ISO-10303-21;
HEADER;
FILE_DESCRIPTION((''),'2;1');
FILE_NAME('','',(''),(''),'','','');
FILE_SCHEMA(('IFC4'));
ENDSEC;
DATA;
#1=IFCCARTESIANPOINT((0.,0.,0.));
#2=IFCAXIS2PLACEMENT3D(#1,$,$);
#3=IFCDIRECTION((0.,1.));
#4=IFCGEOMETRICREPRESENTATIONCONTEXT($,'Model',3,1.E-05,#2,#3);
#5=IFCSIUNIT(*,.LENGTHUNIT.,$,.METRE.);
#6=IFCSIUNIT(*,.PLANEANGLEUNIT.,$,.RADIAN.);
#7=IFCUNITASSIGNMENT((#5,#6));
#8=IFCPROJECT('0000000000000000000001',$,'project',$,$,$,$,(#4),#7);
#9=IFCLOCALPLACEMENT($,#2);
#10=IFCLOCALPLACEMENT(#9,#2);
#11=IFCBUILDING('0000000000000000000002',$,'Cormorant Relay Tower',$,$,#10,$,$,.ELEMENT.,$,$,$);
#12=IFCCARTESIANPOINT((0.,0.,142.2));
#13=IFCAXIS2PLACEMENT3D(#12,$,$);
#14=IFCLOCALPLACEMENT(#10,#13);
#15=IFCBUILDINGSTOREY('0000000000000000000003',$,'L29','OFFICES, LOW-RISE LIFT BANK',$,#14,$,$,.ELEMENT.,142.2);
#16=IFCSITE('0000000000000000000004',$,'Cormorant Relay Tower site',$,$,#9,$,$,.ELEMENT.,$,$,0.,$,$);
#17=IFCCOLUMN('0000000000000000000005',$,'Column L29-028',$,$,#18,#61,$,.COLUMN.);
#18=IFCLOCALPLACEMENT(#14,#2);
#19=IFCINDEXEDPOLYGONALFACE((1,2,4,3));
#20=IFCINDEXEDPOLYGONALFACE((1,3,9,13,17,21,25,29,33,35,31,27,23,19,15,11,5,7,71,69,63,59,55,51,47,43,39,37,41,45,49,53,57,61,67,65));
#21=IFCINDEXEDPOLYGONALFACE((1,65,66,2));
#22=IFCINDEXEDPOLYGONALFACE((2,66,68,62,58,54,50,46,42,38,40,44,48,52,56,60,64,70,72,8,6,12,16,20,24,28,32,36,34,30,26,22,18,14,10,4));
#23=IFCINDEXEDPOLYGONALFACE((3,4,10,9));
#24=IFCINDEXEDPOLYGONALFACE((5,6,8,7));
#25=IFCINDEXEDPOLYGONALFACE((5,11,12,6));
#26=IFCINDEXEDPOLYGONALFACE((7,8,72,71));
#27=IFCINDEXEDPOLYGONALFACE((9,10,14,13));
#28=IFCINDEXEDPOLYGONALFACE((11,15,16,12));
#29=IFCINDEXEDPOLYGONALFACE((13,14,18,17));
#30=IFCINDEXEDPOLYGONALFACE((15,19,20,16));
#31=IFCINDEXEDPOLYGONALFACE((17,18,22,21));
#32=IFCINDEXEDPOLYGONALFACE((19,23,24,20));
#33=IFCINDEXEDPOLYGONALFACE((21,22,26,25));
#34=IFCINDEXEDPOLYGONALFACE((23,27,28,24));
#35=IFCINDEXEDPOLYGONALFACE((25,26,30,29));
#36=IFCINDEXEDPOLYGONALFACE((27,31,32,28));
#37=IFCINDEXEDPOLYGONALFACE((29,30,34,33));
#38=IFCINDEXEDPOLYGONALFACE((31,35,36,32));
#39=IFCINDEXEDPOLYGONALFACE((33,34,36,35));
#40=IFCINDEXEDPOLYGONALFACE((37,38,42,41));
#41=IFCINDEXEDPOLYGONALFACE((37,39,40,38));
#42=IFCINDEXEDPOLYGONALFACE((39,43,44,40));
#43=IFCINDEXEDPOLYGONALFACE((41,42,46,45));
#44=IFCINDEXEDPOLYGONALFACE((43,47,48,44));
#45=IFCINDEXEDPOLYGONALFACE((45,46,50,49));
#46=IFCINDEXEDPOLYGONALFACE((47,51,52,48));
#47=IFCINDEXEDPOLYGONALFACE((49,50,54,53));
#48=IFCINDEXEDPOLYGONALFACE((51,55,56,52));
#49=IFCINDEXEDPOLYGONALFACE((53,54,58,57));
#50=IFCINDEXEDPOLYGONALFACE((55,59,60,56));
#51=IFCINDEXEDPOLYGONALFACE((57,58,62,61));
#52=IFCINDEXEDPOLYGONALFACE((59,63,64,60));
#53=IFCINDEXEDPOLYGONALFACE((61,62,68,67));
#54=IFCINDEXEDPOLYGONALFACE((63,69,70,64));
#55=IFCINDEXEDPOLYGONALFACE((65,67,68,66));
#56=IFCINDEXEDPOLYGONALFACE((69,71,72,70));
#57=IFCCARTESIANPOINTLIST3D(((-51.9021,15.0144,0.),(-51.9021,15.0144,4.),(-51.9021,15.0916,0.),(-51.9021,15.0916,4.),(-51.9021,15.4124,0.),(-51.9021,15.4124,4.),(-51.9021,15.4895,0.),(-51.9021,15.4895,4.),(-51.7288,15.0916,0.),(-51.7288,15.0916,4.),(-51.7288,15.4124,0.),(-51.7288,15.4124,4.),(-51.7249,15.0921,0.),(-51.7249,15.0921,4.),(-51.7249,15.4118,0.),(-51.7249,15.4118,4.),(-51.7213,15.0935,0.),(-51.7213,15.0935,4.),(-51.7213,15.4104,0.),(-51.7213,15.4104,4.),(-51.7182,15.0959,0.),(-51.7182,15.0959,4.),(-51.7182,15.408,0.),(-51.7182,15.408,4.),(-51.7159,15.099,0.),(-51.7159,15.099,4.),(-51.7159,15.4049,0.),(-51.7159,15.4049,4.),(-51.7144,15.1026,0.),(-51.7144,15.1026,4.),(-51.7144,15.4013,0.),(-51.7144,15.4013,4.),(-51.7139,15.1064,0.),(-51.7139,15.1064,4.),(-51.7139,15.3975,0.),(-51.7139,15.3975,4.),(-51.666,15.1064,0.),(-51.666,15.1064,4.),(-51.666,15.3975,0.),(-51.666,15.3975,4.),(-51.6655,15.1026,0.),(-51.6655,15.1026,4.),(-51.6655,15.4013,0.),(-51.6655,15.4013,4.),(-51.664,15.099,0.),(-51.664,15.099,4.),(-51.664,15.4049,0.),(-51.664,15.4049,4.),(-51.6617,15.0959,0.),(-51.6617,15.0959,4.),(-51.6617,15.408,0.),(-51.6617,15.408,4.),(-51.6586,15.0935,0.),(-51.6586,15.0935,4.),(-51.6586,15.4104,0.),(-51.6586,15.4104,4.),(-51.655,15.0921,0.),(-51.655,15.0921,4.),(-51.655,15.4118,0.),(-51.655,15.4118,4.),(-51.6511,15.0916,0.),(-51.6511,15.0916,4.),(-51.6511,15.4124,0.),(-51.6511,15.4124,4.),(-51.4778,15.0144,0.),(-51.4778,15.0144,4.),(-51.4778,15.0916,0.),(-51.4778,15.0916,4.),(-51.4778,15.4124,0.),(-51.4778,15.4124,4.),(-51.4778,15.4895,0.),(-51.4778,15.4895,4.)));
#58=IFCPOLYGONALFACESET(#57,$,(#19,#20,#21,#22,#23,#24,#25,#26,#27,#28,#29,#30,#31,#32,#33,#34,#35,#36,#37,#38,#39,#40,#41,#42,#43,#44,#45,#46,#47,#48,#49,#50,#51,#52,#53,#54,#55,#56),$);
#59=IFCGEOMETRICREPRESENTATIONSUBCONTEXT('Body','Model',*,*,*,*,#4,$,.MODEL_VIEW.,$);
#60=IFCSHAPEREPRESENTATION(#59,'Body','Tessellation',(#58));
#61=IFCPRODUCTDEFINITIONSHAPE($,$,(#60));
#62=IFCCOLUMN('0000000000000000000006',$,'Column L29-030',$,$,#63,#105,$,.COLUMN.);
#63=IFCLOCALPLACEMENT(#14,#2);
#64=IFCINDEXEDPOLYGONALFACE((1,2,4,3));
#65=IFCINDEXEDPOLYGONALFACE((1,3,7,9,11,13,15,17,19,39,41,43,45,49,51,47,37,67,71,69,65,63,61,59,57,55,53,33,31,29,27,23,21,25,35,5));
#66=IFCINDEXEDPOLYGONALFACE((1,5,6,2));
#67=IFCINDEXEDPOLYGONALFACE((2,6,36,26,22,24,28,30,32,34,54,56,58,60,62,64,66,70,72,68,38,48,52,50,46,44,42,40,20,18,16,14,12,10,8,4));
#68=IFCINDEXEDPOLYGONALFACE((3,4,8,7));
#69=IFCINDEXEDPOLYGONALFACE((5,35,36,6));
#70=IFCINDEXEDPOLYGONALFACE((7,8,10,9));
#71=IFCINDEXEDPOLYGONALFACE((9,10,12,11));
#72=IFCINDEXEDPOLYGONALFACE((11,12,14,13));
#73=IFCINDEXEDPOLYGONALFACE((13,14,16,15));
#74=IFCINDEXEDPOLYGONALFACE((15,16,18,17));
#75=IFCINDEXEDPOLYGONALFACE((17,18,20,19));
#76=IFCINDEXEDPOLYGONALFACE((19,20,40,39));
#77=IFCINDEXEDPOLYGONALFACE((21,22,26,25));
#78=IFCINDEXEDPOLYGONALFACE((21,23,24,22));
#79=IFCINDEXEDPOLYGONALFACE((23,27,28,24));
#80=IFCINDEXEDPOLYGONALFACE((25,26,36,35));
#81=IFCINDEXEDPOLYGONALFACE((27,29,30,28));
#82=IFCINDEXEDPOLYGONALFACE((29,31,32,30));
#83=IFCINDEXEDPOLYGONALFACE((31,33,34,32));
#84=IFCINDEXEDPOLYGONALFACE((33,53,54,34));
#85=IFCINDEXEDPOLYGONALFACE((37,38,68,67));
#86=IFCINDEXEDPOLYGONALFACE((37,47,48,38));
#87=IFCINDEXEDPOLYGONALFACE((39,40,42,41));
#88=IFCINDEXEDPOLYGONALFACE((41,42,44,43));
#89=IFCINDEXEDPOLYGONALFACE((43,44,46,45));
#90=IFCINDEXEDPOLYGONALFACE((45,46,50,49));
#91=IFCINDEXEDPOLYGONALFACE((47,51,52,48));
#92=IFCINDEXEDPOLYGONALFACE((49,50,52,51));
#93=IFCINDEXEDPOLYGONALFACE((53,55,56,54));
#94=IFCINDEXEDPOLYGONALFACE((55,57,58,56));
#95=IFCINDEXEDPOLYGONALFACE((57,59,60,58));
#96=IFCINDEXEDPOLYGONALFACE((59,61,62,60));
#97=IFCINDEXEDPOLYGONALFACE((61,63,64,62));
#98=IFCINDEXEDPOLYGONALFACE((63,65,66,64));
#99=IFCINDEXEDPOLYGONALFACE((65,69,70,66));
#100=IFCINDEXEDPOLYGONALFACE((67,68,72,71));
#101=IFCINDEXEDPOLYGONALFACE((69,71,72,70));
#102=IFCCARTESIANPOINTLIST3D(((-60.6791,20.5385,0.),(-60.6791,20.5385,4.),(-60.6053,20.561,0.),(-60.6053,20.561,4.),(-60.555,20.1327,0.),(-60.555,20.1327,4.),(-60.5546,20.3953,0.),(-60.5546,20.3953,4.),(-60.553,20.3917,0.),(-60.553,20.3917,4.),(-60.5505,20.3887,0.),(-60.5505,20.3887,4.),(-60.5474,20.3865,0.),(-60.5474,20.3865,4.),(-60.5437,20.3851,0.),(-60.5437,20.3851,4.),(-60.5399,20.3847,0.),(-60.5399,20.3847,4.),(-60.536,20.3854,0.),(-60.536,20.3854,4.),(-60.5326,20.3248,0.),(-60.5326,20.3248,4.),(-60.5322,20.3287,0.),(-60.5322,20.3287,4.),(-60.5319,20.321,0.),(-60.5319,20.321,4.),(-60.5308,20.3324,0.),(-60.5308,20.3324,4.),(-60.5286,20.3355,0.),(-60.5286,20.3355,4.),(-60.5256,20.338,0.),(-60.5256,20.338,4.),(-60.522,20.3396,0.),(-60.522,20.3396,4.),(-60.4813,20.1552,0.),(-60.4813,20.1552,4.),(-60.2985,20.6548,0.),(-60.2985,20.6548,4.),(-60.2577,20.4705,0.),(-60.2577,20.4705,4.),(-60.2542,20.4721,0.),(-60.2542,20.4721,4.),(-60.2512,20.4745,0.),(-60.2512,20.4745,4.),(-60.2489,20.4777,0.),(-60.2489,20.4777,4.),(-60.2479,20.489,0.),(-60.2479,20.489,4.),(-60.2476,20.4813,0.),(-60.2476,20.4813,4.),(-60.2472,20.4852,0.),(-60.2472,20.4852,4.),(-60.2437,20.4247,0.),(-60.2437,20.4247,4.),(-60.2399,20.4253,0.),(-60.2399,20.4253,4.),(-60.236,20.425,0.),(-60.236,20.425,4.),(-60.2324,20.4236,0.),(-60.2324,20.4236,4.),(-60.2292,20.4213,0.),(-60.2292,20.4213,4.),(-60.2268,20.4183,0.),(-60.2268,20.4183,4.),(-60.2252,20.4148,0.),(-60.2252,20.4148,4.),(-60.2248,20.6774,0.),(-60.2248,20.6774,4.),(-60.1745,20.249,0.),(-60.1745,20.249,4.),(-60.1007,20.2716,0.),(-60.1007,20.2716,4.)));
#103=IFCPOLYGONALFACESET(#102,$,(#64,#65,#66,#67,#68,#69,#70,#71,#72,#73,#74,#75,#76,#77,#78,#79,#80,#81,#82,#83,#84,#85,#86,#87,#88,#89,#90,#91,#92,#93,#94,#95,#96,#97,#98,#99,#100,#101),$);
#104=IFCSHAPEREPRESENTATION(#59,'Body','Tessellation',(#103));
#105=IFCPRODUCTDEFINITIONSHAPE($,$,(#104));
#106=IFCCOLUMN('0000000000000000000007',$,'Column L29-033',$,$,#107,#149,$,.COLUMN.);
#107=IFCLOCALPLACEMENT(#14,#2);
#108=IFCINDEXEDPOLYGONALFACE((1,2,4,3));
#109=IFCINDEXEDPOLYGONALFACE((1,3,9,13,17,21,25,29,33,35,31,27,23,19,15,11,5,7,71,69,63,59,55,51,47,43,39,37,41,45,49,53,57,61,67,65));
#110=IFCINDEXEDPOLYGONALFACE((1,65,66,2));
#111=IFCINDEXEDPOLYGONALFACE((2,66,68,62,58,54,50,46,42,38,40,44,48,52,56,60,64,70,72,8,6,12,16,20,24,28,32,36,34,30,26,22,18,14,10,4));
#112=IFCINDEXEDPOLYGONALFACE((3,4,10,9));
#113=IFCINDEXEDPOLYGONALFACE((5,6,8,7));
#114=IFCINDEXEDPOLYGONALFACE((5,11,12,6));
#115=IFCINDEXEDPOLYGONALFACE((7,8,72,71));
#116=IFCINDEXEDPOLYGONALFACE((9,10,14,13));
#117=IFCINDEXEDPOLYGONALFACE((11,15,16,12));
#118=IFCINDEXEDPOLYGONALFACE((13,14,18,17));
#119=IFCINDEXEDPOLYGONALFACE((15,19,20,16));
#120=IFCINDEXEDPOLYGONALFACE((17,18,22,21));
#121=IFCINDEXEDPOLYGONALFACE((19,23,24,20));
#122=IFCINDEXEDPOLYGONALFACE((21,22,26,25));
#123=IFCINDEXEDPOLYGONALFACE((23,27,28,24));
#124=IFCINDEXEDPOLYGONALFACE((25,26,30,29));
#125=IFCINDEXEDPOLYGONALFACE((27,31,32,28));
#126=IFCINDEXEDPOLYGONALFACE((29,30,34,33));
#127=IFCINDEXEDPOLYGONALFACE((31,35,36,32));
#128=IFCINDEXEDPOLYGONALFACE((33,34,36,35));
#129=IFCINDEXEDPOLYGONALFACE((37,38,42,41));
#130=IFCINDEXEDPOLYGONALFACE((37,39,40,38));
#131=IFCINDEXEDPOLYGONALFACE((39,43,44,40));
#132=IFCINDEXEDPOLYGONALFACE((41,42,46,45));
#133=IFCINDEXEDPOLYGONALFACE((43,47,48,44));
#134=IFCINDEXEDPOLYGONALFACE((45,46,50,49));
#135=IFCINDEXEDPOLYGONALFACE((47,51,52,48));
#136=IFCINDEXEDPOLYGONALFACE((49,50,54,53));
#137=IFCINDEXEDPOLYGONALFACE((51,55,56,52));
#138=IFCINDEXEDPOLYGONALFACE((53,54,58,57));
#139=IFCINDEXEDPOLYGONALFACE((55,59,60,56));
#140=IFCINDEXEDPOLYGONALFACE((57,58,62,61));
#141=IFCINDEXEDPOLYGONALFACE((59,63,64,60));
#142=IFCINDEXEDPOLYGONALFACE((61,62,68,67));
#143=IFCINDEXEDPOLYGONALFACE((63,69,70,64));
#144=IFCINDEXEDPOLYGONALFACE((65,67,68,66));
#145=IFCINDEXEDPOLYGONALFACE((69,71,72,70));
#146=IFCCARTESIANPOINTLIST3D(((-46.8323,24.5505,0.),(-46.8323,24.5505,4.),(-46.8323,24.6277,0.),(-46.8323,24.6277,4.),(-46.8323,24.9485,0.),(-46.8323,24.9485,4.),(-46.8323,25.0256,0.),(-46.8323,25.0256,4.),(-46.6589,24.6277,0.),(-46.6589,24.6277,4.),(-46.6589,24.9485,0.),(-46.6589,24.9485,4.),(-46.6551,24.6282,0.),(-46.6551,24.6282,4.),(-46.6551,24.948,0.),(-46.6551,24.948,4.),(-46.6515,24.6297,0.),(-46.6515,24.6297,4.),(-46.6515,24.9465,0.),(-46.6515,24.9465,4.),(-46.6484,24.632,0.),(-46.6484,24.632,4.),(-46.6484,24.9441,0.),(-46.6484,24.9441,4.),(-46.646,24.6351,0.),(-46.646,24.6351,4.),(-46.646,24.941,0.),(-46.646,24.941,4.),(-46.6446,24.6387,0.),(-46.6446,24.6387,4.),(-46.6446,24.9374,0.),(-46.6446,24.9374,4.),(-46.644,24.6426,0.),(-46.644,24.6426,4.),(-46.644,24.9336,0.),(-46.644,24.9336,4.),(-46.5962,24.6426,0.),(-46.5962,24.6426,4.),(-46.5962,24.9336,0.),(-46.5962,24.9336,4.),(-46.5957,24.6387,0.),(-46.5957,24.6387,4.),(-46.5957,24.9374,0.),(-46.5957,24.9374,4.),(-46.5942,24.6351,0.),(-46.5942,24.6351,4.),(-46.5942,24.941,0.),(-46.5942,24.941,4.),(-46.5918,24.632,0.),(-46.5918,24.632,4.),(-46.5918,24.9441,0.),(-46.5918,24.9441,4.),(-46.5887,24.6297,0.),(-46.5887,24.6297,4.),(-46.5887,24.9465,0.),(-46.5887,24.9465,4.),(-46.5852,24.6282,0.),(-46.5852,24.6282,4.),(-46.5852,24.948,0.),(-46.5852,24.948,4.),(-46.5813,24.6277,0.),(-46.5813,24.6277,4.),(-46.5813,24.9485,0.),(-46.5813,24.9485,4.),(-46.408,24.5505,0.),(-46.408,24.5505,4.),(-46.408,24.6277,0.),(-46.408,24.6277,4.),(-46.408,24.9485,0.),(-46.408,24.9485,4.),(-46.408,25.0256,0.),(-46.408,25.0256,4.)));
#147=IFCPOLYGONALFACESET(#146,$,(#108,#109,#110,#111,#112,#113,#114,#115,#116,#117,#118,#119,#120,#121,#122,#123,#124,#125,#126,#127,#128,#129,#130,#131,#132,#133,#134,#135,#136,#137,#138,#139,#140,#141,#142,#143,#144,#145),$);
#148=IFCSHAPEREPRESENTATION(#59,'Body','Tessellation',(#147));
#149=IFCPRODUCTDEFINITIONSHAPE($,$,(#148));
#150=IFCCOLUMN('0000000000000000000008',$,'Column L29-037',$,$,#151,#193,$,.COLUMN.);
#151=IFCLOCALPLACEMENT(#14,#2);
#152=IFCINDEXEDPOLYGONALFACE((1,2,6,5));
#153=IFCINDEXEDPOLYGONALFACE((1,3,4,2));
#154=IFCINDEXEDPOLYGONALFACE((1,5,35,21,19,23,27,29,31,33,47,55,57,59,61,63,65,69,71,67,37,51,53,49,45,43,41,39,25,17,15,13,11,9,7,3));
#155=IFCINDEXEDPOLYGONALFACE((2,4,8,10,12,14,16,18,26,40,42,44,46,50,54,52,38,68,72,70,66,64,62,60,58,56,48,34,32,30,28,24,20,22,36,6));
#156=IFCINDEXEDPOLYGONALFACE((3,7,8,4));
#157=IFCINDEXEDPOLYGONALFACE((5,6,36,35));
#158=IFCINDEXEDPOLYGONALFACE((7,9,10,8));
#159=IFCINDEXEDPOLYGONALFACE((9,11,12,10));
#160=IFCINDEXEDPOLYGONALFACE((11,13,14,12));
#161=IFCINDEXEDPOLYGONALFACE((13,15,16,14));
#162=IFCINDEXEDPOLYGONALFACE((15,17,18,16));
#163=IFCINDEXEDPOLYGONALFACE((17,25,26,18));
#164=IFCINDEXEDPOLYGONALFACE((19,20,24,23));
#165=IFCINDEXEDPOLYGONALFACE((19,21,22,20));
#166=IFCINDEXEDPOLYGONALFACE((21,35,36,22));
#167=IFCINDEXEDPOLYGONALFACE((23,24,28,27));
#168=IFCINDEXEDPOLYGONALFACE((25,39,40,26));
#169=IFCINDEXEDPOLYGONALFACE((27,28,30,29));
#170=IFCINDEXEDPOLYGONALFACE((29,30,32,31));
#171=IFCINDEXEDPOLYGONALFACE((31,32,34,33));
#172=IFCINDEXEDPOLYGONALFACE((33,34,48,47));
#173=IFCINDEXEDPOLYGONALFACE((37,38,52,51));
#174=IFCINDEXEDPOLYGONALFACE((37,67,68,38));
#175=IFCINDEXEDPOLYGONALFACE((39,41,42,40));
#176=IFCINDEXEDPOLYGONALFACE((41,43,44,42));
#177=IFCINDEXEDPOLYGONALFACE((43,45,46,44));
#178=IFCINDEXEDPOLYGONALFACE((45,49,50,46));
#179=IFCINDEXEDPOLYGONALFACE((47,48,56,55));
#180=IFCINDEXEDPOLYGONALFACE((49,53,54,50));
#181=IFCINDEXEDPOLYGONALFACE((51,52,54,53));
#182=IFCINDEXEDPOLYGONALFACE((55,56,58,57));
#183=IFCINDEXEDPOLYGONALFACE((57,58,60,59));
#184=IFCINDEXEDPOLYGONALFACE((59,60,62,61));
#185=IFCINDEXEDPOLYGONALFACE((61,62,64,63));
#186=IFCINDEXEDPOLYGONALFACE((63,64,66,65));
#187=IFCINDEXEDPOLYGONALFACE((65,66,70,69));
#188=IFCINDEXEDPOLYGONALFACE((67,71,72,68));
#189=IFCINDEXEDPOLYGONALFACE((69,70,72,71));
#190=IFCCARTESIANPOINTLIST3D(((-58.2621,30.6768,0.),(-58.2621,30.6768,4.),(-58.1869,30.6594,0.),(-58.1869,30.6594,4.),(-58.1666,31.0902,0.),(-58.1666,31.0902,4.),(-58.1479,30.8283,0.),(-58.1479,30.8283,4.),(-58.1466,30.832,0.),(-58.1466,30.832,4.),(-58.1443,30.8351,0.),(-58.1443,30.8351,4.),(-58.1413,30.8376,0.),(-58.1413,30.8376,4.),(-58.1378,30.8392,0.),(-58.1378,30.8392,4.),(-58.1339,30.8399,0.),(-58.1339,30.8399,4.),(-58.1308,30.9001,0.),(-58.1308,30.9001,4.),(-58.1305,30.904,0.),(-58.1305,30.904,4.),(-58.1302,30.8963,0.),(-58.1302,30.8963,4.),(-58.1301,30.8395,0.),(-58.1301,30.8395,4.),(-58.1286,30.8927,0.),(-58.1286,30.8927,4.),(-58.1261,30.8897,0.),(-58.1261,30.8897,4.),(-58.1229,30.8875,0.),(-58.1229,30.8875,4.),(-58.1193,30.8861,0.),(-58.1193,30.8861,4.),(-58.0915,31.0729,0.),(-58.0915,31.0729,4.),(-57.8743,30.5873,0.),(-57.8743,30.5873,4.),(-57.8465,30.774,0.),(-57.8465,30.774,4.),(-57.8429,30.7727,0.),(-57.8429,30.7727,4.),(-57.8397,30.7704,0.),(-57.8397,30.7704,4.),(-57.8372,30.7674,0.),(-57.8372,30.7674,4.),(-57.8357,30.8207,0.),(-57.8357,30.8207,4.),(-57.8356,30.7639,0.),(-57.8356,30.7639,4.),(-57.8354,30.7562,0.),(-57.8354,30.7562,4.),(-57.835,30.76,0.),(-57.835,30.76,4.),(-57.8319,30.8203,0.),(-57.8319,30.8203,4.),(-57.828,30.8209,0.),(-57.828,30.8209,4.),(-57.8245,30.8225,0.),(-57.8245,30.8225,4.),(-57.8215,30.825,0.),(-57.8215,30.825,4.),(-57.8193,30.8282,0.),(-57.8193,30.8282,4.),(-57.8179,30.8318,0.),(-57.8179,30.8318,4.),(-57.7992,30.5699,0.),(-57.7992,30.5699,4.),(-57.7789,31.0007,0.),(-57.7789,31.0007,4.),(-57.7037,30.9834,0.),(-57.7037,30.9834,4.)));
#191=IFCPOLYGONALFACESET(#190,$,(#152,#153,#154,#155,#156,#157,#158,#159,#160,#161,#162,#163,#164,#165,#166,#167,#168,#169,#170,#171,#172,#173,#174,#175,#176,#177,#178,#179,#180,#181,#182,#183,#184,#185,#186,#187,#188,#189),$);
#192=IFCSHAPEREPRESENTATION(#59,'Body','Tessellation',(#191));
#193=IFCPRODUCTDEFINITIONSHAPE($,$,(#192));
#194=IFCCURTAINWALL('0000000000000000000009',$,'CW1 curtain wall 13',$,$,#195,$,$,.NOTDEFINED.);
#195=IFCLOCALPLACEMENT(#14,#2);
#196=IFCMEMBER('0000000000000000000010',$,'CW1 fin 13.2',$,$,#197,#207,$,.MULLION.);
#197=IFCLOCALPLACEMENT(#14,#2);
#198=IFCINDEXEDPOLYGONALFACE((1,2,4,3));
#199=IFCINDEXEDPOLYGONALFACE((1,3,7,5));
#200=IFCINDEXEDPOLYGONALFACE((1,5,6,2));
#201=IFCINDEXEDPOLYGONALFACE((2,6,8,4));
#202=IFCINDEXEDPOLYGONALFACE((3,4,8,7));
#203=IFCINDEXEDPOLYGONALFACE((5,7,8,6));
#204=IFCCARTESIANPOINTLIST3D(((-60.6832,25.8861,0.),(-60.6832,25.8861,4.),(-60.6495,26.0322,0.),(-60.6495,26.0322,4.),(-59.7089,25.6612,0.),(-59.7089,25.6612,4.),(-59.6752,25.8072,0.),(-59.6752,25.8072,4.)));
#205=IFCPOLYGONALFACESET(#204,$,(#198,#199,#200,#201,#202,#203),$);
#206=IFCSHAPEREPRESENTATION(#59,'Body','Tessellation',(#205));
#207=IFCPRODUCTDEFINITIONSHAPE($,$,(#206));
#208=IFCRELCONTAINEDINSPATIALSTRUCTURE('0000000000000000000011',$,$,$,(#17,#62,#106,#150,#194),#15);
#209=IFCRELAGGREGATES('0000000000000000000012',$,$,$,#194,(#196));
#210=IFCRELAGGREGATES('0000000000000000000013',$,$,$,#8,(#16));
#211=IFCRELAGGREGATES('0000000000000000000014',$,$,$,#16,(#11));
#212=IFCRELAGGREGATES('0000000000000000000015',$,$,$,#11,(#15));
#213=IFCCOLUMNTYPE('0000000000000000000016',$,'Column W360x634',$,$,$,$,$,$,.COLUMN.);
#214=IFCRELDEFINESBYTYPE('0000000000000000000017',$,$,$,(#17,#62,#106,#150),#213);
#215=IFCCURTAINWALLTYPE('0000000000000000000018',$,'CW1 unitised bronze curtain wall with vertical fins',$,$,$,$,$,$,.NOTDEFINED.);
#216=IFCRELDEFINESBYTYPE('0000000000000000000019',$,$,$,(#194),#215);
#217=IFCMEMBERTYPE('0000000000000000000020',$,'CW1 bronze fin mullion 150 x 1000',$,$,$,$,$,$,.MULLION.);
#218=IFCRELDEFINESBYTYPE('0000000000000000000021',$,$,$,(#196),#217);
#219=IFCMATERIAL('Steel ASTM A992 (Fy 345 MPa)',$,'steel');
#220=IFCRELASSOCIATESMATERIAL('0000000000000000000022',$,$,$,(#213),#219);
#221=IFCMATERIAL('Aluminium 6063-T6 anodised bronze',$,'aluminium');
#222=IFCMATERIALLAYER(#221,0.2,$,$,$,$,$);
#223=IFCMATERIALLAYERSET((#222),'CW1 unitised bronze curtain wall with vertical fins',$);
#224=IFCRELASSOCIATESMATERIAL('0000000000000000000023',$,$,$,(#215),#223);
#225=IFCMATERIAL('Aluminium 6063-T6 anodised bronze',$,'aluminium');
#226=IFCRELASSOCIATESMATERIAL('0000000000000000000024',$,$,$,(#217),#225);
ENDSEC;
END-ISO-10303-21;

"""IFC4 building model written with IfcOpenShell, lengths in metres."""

from ifc_helpers import new_model, si_unit, direction, frame, origin, origin_2d, place, context, subcontext, project, spatial, rectangle, i_section, extrude, material, layer, layer_set, material_profile, profile_set, type_object, element, aggregate, save


model = new_model("IFC4")

# Units and contexts
model_context = context("Model", 3, precision=1e-05, world=origin(), true_north=direction((0.0, 1.0)))
body_context = subcontext(model_context, "Body", "Model", "MODEL_VIEW")
ifc_project = project(units=[si_unit("LENGTHUNIT", "METRE"), si_unit("PLANEANGLEUNIT", "RADIAN")], contexts=[model_context])

# Site, building, storey
site_placement = place(None, origin())
site = spatial("IfcSite", under=ifc_project, at=site_placement, Name="Cormorant Relay Tower site", CompositionType="ELEMENT", RefElevation=0.0)
building_placement = place(site_placement, origin())
building = spatial("IfcBuilding", under=site, at=building_placement, Name="Cormorant Relay Tower", CompositionType="ELEMENT")
storey_placement = place(building_placement, frame((0.0, 0.0, 142.2)))
storey = spatial("IfcBuildingStorey", under=building, at=storey_placement, Name="L29", Description="OFFICES, LOW-RISE LIFT BANK", CompositionType="ELEMENT", Elevation=142.2)

# Columns
ifc_material_1 = material(Name="Steel ASTM A992 (Fy 345 MPa)", Category="steel")
ifc_material_profile_1 = material_profile(ifc_material_1, i_section(OverallWidth=0.4243, OverallDepth=0.4751, WebThickness=0.0479, FlangeThickness=0.0771, FilletRadius=0.0149, at=origin_2d()), Name="W360x634")
ifc_profile_set_1 = profile_set([ifc_material_profile_1], Name="Steel ASTM A992 (Fy 345 MPa)")
column_type = type_object("IfcColumnType", Name="Column W360x634", PredefinedType="COLUMN", material=ifc_profile_set_1)
for number, where, z_axis, x_axis, name in (
    (1, (-51.6899, 15.252, 0.0), (0.0, 0.0, 1.0), (1.0, 0.0, 0.0), "Column L29-028"),
    (2, (-60.3899, 20.405, 0.0), (0.0, 0.0, 1.0), (0.292372, -0.956305, 0.0), "Column L29-030"),
    (3, (-46.6201, 24.7881, 0.0), (0.0, 0.0, 1.0), (1.0, 0.0, 0.0), "Column L29-033"),
    (4, (-57.9829, 30.8301, 0.0), (0.0, 0.0, 1.0), (-0.224951, -0.97437, 0.0), "Column L29-037"),
):
    element("IfcColumn", number, at=place(storey_placement, frame(where, z_axis=z_axis, x_axis=x_axis)), inside=storey, type_object=column_type, Name=name, PredefinedType="COLUMN", context=body_context, shape_type="SweptSolid", body=[
        extrude(i_section(OverallWidth=0.4243, OverallDepth=0.4751, WebThickness=0.0479, FlangeThickness=0.0771, FilletRadius=0.0149, at=origin_2d()), origin(), (0.0, 0.0, 1.0), 4.0),
    ])

# Curtain wall, member
ifc_material_2 = material(Name="Aluminium 6063-T6 anodised bronze", Category="aluminium")
ifc_layer_1 = layer(ifc_material_2, 0.2)
ifc_layer_set_1 = layer_set([ifc_layer_1], Name="CW1 unitised bronze curtain wall with vertical fins")
curtain_wall_type = type_object("IfcCurtainWallType", Name="CW1 unitised bronze curtain wall with vertical fins", PredefinedType="NOTDEFINED", material=ifc_layer_set_1)
curtain_wall_1_placement = place(storey_placement, origin())
curtain_wall_1 = element("IfcCurtainWall", 5, at=curtain_wall_1_placement, inside=storey, type_object=curtain_wall_type, Name="CW1 curtain wall 13", PredefinedType="NOTDEFINED")
ifc_material_3 = material(Name="Aluminium 6063-T6 anodised bronze", Category="aluminium")
ifc_material_profile_2 = material_profile(ifc_material_3, rectangle(XDim=0.1499, YDim=1.0, at=origin_2d()), Name="AL 150x1000")
ifc_profile_set_2 = profile_set([ifc_material_profile_2], Name="Aluminium 6063-T6 anodised bronze")
member_type_1 = type_object("IfcMemberType", Name="CW1 bronze fin mullion 150 x 1000", PredefinedType="MULLION", material=ifc_profile_set_2)
member_1_placement = place(storey_placement, frame((-60.1792, 25.8467, 0.0), z_axis=(0.0, 0.0, 1.0), x_axis=(-0.224951, -0.97437, 0.0)))
member_1 = element("IfcMember", 6, at=member_1_placement, type_object=member_type_1, Name="CW1 fin 13.2", PredefinedType="MULLION", context=body_context, shape_type="SweptSolid", body=[
    extrude(rectangle(XDim=0.1499, YDim=1.0, at=origin_2d()), origin(), (0.0, 0.0, 1.0), 4.0),
])

aggregate(curtain_wall_1, [member_1])

save(model, "model.ifc")
